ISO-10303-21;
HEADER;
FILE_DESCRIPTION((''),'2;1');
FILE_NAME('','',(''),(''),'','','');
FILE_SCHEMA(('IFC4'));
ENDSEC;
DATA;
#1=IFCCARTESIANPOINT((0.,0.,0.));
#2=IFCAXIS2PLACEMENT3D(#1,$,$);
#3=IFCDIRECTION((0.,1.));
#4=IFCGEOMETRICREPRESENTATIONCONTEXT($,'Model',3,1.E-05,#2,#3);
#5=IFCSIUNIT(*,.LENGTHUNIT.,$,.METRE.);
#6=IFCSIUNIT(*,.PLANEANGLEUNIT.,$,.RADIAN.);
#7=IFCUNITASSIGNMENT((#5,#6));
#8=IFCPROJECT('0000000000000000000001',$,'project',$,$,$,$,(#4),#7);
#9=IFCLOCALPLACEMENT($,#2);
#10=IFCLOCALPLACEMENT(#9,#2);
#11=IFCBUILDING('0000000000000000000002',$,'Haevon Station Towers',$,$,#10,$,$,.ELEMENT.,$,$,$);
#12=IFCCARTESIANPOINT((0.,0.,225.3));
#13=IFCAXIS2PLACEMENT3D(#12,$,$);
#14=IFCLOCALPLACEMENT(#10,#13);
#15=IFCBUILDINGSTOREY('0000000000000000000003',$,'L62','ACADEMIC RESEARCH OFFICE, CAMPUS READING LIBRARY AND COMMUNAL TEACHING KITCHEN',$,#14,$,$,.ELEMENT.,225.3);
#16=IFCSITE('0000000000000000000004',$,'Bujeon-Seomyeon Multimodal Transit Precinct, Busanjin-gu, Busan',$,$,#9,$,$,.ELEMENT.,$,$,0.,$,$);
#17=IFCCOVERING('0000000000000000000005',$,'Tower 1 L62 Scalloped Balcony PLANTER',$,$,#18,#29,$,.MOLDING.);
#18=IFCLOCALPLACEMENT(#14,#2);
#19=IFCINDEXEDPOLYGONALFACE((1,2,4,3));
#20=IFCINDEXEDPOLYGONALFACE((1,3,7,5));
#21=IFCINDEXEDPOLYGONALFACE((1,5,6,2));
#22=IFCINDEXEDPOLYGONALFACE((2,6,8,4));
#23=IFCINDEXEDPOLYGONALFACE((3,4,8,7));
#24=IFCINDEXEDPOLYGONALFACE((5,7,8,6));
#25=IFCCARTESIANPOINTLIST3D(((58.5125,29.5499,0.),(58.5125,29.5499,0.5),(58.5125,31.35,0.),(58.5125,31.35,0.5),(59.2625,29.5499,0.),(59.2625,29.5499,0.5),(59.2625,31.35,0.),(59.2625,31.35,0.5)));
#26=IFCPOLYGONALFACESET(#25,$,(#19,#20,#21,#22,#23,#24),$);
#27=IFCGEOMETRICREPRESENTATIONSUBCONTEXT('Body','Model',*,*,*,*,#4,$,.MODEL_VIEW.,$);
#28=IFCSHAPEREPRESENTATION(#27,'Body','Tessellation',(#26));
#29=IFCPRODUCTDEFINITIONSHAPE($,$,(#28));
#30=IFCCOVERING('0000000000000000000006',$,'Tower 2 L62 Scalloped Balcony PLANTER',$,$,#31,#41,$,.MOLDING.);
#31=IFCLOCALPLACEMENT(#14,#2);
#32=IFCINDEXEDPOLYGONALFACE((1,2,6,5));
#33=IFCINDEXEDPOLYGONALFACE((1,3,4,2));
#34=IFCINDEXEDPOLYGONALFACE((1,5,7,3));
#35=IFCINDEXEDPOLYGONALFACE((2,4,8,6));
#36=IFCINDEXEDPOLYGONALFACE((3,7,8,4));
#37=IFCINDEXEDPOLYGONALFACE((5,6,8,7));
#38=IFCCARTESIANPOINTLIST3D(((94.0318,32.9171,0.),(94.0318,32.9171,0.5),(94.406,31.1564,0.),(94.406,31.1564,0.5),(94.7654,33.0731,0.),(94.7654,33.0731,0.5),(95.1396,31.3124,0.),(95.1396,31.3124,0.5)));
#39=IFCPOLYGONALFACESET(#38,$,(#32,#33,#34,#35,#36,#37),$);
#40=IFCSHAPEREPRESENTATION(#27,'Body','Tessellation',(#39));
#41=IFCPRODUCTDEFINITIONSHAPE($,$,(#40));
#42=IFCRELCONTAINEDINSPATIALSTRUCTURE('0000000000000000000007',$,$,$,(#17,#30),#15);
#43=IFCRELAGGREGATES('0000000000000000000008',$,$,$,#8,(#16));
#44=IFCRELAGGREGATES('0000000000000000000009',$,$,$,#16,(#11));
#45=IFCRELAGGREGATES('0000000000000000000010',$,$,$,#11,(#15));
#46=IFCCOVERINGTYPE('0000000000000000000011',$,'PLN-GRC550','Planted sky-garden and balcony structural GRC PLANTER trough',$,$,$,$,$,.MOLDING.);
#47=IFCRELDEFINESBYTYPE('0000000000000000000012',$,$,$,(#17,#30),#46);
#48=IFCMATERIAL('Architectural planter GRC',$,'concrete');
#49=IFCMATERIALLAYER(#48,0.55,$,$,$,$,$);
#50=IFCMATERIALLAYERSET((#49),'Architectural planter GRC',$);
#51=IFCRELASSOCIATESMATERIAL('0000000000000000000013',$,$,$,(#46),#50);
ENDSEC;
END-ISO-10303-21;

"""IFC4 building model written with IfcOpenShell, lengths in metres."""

from ifc_helpers import new_model, si_unit, direction, frame, origin, origin_2d, place, context, subcontext, project, spatial, rectangle, extrude, material, layer, layer_set, type_object, element, save


model = new_model("IFC4")

# Units and contexts
model_context = context("Model", 3, precision=1e-05, world=origin(), true_north=direction((0.0, 1.0)))
body_context = subcontext(model_context, "Body", "Model", "MODEL_VIEW")
ifc_project = project(units=[si_unit("LENGTHUNIT", "METRE"), si_unit("PLANEANGLEUNIT", "RADIAN")], contexts=[model_context])

# Site, building, storey
site_placement = place(None, origin())
site = spatial("IfcSite", under=ifc_project, at=site_placement, Name="Bujeon-Seomyeon Multimodal Transit Precinct, Busanjin-gu, Busan", CompositionType="ELEMENT", RefElevation=0.0)
building_placement = place(site_placement, origin())
building = spatial("IfcBuilding", under=site, at=building_placement, Name="Haevon Station Towers", CompositionType="ELEMENT")
storey_placement = place(building_placement, frame((0.0, 0.0, 225.3)))
storey = spatial("IfcBuildingStorey", under=building, at=storey_placement, Name="L62", Description="ACADEMIC RESEARCH OFFICE, CAMPUS READING LIBRARY AND COMMUNAL TEACHING KITCHEN", CompositionType="ELEMENT", Elevation=225.3)

# Coverings
ifc_material_1 = material(Name="Architectural planter GRC", Category="concrete")
ifc_layer_1 = layer(ifc_material_1, 0.55)
ifc_layer_set_1 = layer_set([ifc_layer_1], Name="Architectural planter GRC")
covering_type = type_object("IfcCoveringType", Name="PLN-GRC550", Description="Planted sky-garden and balcony structural GRC PLANTER trough", PredefinedType="MOLDING", material=ifc_layer_set_1)
for number, where, z_axis, x_axis, name in (
    (1, (58.8875, 30.45, 0.0), (0.0, 0.0, 1.0), (1.0, 0.0, 0.0), "Tower 1 L62 Scalloped Balcony PLANTER"),
    (2, (94.5857, 32.1147, 0.0), (0.0, 0.0, 1.0), (0.978148, 0.207912, 0.0), "Tower 2 L62 Scalloped Balcony PLANTER"),
):
    element("IfcCovering", number, at=place(storey_placement, frame(where, z_axis=z_axis, x_axis=x_axis)), inside=storey, type_object=covering_type, Name=name, PredefinedType="MOLDING", context=body_context, shape_type="SweptSolid", body=[
        extrude(rectangle(XDim=0.75, YDim=1.8, at=origin_2d()), origin(), (0.0, 0.0, 1.0), 0.5),
    ])

save(model, "model.ifc")
